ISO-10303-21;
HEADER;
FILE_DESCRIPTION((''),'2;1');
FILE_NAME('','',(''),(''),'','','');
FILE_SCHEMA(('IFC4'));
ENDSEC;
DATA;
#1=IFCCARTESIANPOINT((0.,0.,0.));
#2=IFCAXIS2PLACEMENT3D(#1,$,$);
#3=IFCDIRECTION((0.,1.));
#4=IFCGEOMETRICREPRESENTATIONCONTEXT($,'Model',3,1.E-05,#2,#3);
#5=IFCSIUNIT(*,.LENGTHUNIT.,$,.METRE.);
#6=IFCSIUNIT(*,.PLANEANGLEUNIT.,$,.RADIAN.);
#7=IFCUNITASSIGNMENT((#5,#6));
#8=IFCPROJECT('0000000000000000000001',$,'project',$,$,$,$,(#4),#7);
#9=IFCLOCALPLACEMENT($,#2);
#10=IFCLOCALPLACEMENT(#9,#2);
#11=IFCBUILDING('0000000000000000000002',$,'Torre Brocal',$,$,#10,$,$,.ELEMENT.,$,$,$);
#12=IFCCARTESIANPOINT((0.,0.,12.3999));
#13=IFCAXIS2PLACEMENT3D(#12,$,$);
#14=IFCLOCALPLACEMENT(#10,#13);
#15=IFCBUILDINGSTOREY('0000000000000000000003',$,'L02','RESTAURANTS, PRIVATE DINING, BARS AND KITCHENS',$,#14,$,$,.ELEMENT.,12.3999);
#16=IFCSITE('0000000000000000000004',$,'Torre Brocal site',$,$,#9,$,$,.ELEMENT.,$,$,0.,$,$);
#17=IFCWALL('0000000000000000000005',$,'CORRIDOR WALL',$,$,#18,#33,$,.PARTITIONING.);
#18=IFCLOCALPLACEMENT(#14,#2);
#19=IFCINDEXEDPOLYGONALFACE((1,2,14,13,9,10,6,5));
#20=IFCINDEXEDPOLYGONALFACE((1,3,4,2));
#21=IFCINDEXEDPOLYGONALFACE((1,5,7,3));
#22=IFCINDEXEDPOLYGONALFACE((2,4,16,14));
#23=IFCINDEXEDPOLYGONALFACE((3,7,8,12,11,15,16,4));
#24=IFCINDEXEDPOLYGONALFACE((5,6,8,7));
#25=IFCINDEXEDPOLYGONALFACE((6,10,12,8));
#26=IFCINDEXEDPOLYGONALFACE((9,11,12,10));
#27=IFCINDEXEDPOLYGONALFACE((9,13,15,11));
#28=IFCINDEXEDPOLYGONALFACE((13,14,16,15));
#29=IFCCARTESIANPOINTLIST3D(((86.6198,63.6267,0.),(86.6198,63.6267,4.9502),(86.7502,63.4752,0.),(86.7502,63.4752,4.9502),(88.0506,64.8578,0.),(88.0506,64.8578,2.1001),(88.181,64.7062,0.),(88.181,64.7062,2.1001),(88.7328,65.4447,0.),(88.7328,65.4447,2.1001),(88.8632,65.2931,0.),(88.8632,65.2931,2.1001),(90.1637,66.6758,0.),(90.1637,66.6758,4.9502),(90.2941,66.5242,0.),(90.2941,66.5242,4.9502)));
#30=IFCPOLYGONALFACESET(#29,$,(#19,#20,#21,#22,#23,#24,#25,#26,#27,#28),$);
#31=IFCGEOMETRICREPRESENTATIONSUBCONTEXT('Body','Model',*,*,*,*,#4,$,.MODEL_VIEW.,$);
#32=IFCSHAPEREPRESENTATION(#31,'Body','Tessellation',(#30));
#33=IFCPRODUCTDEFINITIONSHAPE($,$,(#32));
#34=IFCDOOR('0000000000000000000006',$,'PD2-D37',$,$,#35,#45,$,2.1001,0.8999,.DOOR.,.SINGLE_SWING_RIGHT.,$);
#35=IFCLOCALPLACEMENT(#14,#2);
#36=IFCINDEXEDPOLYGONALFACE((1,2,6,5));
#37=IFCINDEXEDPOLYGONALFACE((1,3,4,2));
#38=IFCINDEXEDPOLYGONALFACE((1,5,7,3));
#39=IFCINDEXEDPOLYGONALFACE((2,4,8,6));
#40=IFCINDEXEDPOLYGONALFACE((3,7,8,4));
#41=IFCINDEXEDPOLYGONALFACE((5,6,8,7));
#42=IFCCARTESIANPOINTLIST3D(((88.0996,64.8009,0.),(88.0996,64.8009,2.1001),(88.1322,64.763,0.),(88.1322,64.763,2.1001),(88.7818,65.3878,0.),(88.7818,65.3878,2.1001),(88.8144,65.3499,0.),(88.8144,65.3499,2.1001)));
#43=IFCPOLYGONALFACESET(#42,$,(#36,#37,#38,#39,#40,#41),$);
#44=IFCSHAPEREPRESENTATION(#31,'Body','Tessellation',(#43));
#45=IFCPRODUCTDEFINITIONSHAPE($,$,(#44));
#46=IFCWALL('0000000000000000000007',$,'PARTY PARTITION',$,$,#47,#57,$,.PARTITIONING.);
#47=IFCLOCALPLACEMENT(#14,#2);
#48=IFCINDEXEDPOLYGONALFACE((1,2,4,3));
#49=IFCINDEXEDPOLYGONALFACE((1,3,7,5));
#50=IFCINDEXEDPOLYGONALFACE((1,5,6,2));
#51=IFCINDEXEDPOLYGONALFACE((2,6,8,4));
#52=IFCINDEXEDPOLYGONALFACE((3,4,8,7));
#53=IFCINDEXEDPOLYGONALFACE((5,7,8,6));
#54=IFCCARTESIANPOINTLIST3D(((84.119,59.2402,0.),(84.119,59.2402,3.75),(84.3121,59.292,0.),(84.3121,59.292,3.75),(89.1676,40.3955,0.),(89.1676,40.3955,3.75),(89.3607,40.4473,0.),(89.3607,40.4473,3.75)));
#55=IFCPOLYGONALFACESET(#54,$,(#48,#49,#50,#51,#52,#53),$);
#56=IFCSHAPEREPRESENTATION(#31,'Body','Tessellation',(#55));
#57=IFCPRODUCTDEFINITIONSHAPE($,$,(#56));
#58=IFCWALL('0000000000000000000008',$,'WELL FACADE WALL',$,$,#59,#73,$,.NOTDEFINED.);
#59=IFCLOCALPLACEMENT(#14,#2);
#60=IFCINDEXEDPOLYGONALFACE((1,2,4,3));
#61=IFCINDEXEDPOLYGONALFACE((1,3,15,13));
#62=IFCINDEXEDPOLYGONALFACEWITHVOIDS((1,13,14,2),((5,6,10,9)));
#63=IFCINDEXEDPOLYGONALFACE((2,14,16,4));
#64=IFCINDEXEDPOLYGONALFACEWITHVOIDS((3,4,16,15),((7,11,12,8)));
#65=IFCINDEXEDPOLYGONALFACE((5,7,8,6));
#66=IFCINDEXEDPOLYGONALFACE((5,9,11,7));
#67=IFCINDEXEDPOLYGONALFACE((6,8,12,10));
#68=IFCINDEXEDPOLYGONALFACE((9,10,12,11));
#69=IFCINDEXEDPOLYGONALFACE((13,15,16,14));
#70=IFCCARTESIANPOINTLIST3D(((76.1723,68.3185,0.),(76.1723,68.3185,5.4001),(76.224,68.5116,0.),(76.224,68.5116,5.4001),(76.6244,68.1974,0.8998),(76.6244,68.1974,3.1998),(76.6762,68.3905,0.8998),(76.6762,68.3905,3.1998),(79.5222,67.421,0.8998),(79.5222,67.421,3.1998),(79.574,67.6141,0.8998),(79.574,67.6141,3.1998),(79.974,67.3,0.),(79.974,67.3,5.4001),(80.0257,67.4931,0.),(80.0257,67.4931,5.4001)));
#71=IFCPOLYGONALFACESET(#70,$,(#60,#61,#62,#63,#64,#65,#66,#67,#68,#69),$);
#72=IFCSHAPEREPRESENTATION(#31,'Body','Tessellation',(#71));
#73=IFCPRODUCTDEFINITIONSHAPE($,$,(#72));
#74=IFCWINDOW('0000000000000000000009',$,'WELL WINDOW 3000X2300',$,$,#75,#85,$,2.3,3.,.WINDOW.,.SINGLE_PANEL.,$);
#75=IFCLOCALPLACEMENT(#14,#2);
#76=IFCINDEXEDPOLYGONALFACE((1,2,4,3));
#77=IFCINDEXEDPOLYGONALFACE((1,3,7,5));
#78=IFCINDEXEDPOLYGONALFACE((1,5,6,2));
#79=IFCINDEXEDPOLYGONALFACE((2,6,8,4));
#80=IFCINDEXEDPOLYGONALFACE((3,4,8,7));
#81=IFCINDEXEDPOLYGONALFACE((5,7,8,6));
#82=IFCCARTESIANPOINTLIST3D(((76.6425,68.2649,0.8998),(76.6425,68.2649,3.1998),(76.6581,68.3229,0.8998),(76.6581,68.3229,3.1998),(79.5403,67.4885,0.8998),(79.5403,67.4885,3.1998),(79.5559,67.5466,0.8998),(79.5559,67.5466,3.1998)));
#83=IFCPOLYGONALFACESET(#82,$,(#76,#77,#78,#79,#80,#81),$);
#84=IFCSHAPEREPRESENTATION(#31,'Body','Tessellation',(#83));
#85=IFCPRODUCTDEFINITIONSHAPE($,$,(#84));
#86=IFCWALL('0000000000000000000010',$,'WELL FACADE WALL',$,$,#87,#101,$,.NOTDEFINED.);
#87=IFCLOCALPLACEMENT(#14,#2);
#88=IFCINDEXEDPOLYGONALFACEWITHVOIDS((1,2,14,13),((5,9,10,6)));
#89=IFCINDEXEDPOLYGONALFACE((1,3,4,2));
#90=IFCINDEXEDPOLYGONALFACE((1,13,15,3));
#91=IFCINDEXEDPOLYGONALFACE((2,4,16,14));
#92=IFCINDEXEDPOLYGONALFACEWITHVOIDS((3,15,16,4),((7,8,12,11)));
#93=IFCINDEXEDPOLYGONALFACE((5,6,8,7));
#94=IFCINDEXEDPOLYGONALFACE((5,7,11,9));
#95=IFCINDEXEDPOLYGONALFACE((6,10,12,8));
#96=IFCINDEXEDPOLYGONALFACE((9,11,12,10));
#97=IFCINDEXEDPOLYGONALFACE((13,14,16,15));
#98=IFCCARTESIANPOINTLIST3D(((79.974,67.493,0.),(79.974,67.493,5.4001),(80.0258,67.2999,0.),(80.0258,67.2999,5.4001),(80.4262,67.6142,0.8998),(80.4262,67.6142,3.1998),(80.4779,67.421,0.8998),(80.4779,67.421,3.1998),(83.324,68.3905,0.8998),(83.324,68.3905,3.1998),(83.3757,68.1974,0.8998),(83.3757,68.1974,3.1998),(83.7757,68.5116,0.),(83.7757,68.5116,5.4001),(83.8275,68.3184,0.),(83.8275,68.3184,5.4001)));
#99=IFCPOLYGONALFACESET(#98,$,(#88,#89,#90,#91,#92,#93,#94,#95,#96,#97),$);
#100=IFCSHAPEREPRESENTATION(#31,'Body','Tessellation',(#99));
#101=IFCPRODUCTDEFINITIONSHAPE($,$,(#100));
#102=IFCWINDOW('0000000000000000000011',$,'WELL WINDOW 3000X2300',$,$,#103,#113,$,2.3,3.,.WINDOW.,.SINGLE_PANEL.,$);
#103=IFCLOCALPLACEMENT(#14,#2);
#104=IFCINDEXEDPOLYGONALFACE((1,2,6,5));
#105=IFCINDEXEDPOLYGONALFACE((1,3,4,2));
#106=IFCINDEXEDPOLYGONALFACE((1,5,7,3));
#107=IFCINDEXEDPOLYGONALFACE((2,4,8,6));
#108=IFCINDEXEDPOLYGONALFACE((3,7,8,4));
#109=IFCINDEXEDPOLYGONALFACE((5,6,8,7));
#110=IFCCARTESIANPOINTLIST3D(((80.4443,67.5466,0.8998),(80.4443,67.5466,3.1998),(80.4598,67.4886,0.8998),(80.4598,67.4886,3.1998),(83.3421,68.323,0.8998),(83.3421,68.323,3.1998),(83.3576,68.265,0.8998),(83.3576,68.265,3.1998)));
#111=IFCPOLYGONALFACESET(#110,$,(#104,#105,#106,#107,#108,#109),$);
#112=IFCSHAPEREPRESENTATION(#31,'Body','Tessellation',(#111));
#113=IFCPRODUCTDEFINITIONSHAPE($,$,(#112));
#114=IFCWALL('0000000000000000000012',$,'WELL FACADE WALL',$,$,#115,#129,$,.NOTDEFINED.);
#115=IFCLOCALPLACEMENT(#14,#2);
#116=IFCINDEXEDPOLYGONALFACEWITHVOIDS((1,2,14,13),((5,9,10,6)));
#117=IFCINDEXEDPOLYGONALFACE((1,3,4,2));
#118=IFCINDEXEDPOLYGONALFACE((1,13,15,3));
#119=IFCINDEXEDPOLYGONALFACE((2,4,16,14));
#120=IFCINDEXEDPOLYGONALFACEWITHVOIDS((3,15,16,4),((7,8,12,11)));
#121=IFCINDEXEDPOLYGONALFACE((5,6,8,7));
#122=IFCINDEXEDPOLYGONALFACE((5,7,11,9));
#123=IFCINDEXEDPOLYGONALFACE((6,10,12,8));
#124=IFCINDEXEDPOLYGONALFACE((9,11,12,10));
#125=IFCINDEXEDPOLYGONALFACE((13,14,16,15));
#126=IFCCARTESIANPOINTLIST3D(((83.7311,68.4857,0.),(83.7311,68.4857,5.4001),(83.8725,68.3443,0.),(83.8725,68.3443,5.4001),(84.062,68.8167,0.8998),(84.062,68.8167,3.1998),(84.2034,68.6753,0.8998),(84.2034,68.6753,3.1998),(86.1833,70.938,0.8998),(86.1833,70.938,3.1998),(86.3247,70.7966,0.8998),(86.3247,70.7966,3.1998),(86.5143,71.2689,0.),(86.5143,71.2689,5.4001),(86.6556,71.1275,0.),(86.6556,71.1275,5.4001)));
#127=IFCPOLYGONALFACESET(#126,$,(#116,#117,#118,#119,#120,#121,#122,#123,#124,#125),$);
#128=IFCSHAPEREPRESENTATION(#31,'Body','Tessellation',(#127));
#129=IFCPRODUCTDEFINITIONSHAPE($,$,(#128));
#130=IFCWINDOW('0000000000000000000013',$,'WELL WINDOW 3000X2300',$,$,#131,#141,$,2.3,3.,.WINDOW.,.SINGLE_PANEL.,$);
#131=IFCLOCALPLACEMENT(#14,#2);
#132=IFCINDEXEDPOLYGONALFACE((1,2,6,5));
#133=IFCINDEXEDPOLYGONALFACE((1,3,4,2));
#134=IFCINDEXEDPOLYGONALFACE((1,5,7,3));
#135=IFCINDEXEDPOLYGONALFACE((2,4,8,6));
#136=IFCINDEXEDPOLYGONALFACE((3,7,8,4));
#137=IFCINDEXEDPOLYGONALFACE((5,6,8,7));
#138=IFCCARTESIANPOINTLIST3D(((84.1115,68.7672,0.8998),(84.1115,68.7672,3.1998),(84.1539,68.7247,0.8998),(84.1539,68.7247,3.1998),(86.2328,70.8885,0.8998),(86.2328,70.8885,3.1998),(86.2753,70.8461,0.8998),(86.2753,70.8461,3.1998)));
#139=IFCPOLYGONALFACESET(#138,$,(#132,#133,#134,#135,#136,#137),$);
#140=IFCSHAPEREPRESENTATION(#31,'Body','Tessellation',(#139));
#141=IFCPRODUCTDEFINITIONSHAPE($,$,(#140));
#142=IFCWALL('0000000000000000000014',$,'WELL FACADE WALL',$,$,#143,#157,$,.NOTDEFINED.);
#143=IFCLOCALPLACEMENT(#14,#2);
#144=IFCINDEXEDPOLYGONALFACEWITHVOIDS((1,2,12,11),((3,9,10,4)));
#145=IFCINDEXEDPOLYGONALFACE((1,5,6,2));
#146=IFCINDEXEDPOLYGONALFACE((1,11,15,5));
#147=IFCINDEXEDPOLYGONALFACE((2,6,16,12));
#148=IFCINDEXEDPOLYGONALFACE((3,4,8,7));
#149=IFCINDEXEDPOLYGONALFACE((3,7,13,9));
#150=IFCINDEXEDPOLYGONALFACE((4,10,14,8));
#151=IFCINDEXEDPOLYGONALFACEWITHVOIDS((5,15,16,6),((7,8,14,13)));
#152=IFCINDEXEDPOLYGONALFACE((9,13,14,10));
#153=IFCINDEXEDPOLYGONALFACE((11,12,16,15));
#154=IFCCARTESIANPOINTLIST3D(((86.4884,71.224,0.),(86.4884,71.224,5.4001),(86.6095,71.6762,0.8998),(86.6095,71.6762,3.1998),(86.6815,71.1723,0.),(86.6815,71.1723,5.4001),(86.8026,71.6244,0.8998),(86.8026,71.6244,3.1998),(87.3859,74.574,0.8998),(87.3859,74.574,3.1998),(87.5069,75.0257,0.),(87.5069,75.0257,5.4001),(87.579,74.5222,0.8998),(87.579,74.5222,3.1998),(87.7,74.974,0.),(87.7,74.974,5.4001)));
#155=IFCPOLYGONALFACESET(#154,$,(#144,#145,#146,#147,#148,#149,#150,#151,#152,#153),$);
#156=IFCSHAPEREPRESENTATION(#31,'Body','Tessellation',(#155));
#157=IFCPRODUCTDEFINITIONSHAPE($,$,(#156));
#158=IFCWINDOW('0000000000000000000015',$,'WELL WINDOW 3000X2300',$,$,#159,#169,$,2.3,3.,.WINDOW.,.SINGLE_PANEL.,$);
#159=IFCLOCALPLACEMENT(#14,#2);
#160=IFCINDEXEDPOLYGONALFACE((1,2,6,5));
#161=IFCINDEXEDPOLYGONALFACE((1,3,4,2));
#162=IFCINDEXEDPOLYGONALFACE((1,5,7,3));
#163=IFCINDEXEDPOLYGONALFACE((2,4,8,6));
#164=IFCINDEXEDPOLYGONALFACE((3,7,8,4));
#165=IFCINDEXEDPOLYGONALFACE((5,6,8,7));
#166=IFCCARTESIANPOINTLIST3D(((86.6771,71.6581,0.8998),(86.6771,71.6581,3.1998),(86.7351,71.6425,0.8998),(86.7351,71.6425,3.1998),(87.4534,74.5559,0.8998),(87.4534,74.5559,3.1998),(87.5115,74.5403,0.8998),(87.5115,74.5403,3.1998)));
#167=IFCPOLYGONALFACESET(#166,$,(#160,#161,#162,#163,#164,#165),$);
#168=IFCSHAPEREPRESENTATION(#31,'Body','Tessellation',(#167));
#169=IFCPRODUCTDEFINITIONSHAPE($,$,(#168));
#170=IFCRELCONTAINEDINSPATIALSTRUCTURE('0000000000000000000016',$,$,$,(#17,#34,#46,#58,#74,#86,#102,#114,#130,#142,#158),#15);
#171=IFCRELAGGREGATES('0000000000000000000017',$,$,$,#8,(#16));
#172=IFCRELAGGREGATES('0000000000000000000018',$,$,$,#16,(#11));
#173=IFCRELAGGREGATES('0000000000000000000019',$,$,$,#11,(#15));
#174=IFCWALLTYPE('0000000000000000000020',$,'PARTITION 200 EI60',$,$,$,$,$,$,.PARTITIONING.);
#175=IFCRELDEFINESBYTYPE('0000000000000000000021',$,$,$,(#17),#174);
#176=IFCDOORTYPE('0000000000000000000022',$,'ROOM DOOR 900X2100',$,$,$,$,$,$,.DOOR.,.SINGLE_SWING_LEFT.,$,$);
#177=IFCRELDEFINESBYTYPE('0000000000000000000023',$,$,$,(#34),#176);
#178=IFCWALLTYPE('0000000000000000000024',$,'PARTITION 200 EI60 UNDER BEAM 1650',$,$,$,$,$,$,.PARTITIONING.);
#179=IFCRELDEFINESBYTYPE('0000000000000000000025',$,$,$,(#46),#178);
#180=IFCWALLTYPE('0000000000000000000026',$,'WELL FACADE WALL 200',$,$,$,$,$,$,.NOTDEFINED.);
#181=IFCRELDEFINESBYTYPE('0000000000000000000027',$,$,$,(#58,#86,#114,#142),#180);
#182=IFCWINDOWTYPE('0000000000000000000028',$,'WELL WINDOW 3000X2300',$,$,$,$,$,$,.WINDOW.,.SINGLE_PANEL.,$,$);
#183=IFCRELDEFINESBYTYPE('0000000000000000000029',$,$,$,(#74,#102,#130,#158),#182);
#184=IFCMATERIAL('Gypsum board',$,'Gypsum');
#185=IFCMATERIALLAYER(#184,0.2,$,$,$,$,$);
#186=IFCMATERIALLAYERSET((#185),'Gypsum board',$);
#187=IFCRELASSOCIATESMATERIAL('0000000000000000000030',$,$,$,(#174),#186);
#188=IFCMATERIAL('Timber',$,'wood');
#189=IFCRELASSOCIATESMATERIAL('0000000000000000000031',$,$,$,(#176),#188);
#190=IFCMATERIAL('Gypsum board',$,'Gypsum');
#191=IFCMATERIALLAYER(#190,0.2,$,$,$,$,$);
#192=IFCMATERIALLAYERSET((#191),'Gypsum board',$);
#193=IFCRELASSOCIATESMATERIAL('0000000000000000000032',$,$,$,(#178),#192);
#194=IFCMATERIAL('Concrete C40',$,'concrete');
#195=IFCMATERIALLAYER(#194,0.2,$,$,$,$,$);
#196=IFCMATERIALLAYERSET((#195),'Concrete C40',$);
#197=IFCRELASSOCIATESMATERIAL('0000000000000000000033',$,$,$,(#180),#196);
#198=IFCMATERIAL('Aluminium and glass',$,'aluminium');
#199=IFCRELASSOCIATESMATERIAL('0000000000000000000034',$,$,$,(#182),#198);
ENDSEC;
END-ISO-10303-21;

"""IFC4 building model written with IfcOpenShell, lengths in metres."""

from ifc_helpers import new_model, si_unit, direction, frame, frame_2d, origin, place, context, subcontext, project, spatial, rectangle, extrude, material, layer, layer_set, type_object, element, fill, save


model = new_model("IFC4")

# Units and contexts
model_context = context("Model", 3, precision=1e-05, world=origin(), true_north=direction((0.0, 1.0)))
body_context = subcontext(model_context, "Body", "Model", "MODEL_VIEW")
ifc_project = project(units=[si_unit("LENGTHUNIT", "METRE"), si_unit("PLANEANGLEUNIT", "RADIAN")], contexts=[model_context])

# Site, building, storey
site_placement = place(None, origin())
site = spatial("IfcSite", under=ifc_project, at=site_placement, Name="Torre Brocal site", CompositionType="ELEMENT", RefElevation=0.0)
building_placement = place(site_placement, origin())
building = spatial("IfcBuilding", under=site, at=building_placement, Name="Torre Brocal", CompositionType="ELEMENT")
storey_placement = place(building_placement, frame((0.0, 0.0, 12.3999)))
storey = spatial("IfcBuildingStorey", under=building, at=storey_placement, Name="L02", Description="RESTAURANTS, PRIVATE DINING, BARS AND KITCHENS", CompositionType="ELEMENT", Elevation=12.3999)

# Shared definitions
ifc_material_1 = material(Name="Gypsum board", Category="Gypsum")
ifc_layer_1 = layer(ifc_material_1, 0.2)
ifc_layer_set_1 = layer_set([ifc_layer_1], Name="Gypsum board")
wall_type_1 = type_object("IfcWallType", Name="PARTITION 200 EI60", PredefinedType="PARTITIONING", material=ifc_layer_set_1)
ifc_material_2 = material(Name="Timber", Category="wood")
door_type_1 = type_object("IfcDoorType", Name="ROOM DOOR 900X2100", OperationType="SINGLE_SWING_LEFT", PredefinedType="DOOR", material=ifc_material_2)

# Wall, opening, door
wall_1_placement = place(storey_placement, frame((86.6851, 63.551, 0.0), z_axis=(0.0, 0.0, 1.0), x_axis=(0.75805, 0.652197, 0.0)))
wall_1 = element("IfcWall", 1, at=wall_1_placement, inside=storey, type_object=wall_type_1, Name="CORRIDOR WALL", PredefinedType="PARTITIONING", context=body_context, shape_type="SweptSolid", body=[
    extrude(rectangle(XDim=4.675, YDim=0.2, at=frame_2d((2.3374, 0.0))), origin(), (0.0, 0.0, 1.0), 4.9502),
])
opening_1_placement = place(wall_1_placement, frame((1.8875, 0.0, 0.0)))
opening_1 = element("IfcOpeningElement", 2, at=opening_1_placement, cuts=wall_1, PredefinedType="OPENING", context=body_context, shape_type="SweptSolid", body=[
    extrude(rectangle(XDim=0.8999, YDim=2.1001, at=frame_2d((0.45, 1.05))), frame((0.0, 0.1099, 0.0), z_axis=(0.0, -1.0, 0.0), x_axis=(1.0, 0.0, 0.0)), (0.0, 0.0, 1.0), 0.22),
])
door_1_placement = place(opening_1_placement, origin())
door_1 = element("IfcDoor", 3, at=door_1_placement, inside=storey, type_object=door_type_1, Name="PD2-D37", OperationType="SINGLE_SWING_RIGHT", OverallHeight=2.1001, OverallWidth=0.8999, PredefinedType="DOOR", context=body_context, shape_type="SweptSolid", body=[
    extrude(rectangle(XDim=0.8999, YDim=2.1001, at=frame_2d((0.45, 1.05))), frame((0.0, 0.0249, 0.0), z_axis=(0.0, -1.0, 0.0), x_axis=(1.0, 0.0, 0.0)), (0.0, 0.0, 1.0), 0.05),
])
fill(opening_1, door_1)

# Wall
ifc_material_3 = material(Name="Gypsum board", Category="Gypsum")
ifc_layer_2 = layer(ifc_material_3, 0.2)
ifc_layer_set_2 = layer_set([ifc_layer_2], Name="Gypsum board")
wall_type_2 = type_object("IfcWallType", Name="PARTITION 200 EI60 UNDER BEAM 1650", PredefinedType="PARTITIONING", material=ifc_layer_set_2)
wall_2_placement = place(storey_placement, frame((84.2156, 59.2661, 0.0), z_axis=(0.0, 0.0, 1.0), x_axis=(0.258779, -0.965937, 0.0)))
element("IfcWall", 4, at=wall_2_placement, inside=storey, type_object=wall_type_2, Name="PARTY PARTITION", PredefinedType="PARTITIONING", context=body_context, shape_type="SweptSolid", body=[
    extrude(rectangle(XDim=19.5093, YDim=0.2, at=frame_2d((9.7546, 0.0))), origin(), (0.0, 0.0, 1.0), 3.75),
])

# Walls, openings, windows
ifc_material_4 = material(Name="Concrete C40", Category="concrete")
ifc_layer_3 = layer(ifc_material_4, 0.2)
ifc_layer_set_3 = layer_set([ifc_layer_3], Name="Concrete C40")
wall_type_3 = type_object("IfcWallType", Name="WELL FACADE WALL 200", PredefinedType="NOTDEFINED", material=ifc_layer_set_3)
wall_3_placement = place(storey_placement, frame((76.1982, 68.415, 0.0), z_axis=(0.0, 0.0, 1.0), x_axis=(0.965934, -0.25879, 0.0)))
wall_3 = element("IfcWall", 5, at=wall_3_placement, inside=storey, type_object=wall_type_3, Name="WELL FACADE WALL", PredefinedType="NOTDEFINED", context=body_context, shape_type="SweptSolid", body=[
    extrude(rectangle(XDim=3.9358, YDim=0.2, at=frame_2d((1.9678, 0.0))), origin(), (0.0, 0.0, 1.0), 5.4001),
])
opening_2_placement = place(wall_3_placement, frame((0.468, 0.0, 0.8999)))
opening_2 = element("IfcOpeningElement", 6, at=opening_2_placement, cuts=wall_3, PredefinedType="OPENING", context=body_context, shape_type="SweptSolid", body=[
    extrude(rectangle(XDim=3.0, YDim=2.3, at=frame_2d((1.5, 1.1499))), frame((0.0, 0.1099, 0.0), z_axis=(0.0, -1.0, 0.0), x_axis=(1.0, 0.0, 0.0)), (0.0, 0.0, 1.0), 0.22),
])
ifc_material_5 = material(Name="Aluminium and glass", Category="aluminium")
window_type = type_object("IfcWindowType", Name="WELL WINDOW 3000X2300", PartitioningType="SINGLE_PANEL", PredefinedType="WINDOW", material=ifc_material_5)
window_1_placement = place(opening_2_placement, origin())
window_1 = element("IfcWindow", 7, at=window_1_placement, inside=storey, type_object=window_type, Name="WELL WINDOW 3000X2300", OverallHeight=2.3, OverallWidth=3.0, PartitioningType="SINGLE_PANEL", PredefinedType="WINDOW", context=body_context, shape_type="SweptSolid", body=[
    extrude(rectangle(XDim=3.0, YDim=2.3, at=frame_2d((1.5, 1.1499))), frame((0.0, 0.03, 0.0), z_axis=(0.0, -1.0, 0.0), x_axis=(1.0, 0.0, 0.0)), (0.0, 0.0, 1.0), 0.0601),
])
fill(opening_2, window_1)
wall_4_placement = place(storey_placement, frame((80.0, 67.3965, 0.0), z_axis=(0.0, 0.0, 1.0), x_axis=(0.965934, 0.25879, 0.0)))
wall_4 = element("IfcWall", 8, at=wall_4_placement, inside=storey, type_object=wall_type_3, Name="WELL FACADE WALL", PredefinedType="NOTDEFINED", context=body_context, shape_type="SweptSolid", body=[
    extrude(rectangle(XDim=3.9358, YDim=0.2, at=frame_2d((1.9678, 0.0))), origin(), (0.0, 0.0, 1.0), 5.4001),
])
opening_3_placement = place(wall_4_placement, frame((0.468, 0.0, 0.8999)))
opening_3 = element("IfcOpeningElement", 9, at=opening_3_placement, cuts=wall_4, PredefinedType="OPENING", context=body_context, shape_type="SweptSolid", body=[
    extrude(rectangle(XDim=3.0, YDim=2.3, at=frame_2d((1.5, 1.1499))), frame((0.0, 0.1099, 0.0), z_axis=(0.0, -1.0, 0.0), x_axis=(1.0, 0.0, 0.0)), (0.0, 0.0, 1.0), 0.22),
])
window_2_placement = place(opening_3_placement, origin())
window_2 = element("IfcWindow", 10, at=window_2_placement, inside=storey, type_object=window_type, Name="WELL WINDOW 3000X2300", OverallHeight=2.3, OverallWidth=3.0, PartitioningType="SINGLE_PANEL", PredefinedType="WINDOW", context=body_context, shape_type="SweptSolid", body=[
    extrude(rectangle(XDim=3.0, YDim=2.3, at=frame_2d((1.5, 1.1499))), frame((0.0, 0.03, 0.0), z_axis=(0.0, -1.0, 0.0), x_axis=(1.0, 0.0, 0.0)), (0.0, 0.0, 1.0), 0.0601),
])
fill(opening_3, window_2)
wall_5_placement = place(storey_placement, frame((83.8018, 68.415, 0.0), z_axis=(0.0, 0.0, 1.0), x_axis=(0.707107, 0.707107, 0.0)))
wall_5 = element("IfcWall", 11, at=wall_5_placement, inside=storey, type_object=wall_type_3, Name="WELL FACADE WALL", PredefinedType="NOTDEFINED", context=body_context, shape_type="SweptSolid", body=[
    extrude(rectangle(XDim=3.936, YDim=0.2, at=frame_2d((1.968, 0.0))), origin(), (0.0, 0.0, 1.0), 5.4001),
])
opening_4_placement = place(wall_5_placement, frame((0.468, 0.0, 0.8999)))
opening_4 = element("IfcOpeningElement", 12, at=opening_4_placement, cuts=wall_5, PredefinedType="OPENING", context=body_context, shape_type="SweptSolid", body=[
    extrude(rectangle(XDim=3.0, YDim=2.3, at=frame_2d((1.5, 1.1499))), frame((0.0, 0.1099, 0.0), z_axis=(0.0, -1.0, 0.0), x_axis=(1.0, 0.0, 0.0)), (0.0, 0.0, 1.0), 0.22),
])
window_3_placement = place(opening_4_placement, origin())
window_3 = element("IfcWindow", 13, at=window_3_placement, inside=storey, type_object=window_type, Name="WELL WINDOW 3000X2300", OverallHeight=2.3, OverallWidth=3.0, PartitioningType="SINGLE_PANEL", PredefinedType="WINDOW", context=body_context, shape_type="SweptSolid", body=[
    extrude(rectangle(XDim=3.0, YDim=2.3, at=frame_2d((1.5, 1.1499))), frame((0.0, 0.03, 0.0), z_axis=(0.0, -1.0, 0.0), x_axis=(1.0, 0.0, 0.0)), (0.0, 0.0, 1.0), 0.0601),
])
fill(opening_4, window_3)
wall_6_placement = place(storey_placement, frame((86.585, 71.1982, 0.0), z_axis=(0.0, 0.0, 1.0), x_axis=(0.25879, 0.965934, 0.0)))
wall_6 = element("IfcWall", 14, at=wall_6_placement, inside=storey, type_object=wall_type_3, Name="WELL FACADE WALL", PredefinedType="NOTDEFINED", context=body_context, shape_type="SweptSolid", body=[
    extrude(rectangle(XDim=3.9358, YDim=0.2, at=frame_2d((1.9678, 0.0))), origin(), (0.0, 0.0, 1.0), 5.4001),
])
opening_5_placement = place(wall_6_placement, frame((0.468, 0.0, 0.8999)))
opening_5 = element("IfcOpeningElement", 15, at=opening_5_placement, cuts=wall_6, PredefinedType="OPENING", context=body_context, shape_type="SweptSolid", body=[
    extrude(rectangle(XDim=3.0, YDim=2.3, at=frame_2d((1.5, 1.1499))), frame((0.0, 0.1099, 0.0), z_axis=(0.0, -1.0, 0.0), x_axis=(1.0, 0.0, 0.0)), (0.0, 0.0, 1.0), 0.22),
])
window_4_placement = place(opening_5_placement, origin())
window_4 = element("IfcWindow", 16, at=window_4_placement, inside=storey, type_object=window_type, Name="WELL WINDOW 3000X2300", OverallHeight=2.3, OverallWidth=3.0, PartitioningType="SINGLE_PANEL", PredefinedType="WINDOW", context=body_context, shape_type="SweptSolid", body=[
    extrude(rectangle(XDim=3.0, YDim=2.3, at=frame_2d((1.5, 1.1499))), frame((0.0, 0.03, 0.0), z_axis=(0.0, -1.0, 0.0), x_axis=(1.0, 0.0, 0.0)), (0.0, 0.0, 1.0), 0.0601),
])
fill(opening_5, window_4)

save(model, "model.ifc")
